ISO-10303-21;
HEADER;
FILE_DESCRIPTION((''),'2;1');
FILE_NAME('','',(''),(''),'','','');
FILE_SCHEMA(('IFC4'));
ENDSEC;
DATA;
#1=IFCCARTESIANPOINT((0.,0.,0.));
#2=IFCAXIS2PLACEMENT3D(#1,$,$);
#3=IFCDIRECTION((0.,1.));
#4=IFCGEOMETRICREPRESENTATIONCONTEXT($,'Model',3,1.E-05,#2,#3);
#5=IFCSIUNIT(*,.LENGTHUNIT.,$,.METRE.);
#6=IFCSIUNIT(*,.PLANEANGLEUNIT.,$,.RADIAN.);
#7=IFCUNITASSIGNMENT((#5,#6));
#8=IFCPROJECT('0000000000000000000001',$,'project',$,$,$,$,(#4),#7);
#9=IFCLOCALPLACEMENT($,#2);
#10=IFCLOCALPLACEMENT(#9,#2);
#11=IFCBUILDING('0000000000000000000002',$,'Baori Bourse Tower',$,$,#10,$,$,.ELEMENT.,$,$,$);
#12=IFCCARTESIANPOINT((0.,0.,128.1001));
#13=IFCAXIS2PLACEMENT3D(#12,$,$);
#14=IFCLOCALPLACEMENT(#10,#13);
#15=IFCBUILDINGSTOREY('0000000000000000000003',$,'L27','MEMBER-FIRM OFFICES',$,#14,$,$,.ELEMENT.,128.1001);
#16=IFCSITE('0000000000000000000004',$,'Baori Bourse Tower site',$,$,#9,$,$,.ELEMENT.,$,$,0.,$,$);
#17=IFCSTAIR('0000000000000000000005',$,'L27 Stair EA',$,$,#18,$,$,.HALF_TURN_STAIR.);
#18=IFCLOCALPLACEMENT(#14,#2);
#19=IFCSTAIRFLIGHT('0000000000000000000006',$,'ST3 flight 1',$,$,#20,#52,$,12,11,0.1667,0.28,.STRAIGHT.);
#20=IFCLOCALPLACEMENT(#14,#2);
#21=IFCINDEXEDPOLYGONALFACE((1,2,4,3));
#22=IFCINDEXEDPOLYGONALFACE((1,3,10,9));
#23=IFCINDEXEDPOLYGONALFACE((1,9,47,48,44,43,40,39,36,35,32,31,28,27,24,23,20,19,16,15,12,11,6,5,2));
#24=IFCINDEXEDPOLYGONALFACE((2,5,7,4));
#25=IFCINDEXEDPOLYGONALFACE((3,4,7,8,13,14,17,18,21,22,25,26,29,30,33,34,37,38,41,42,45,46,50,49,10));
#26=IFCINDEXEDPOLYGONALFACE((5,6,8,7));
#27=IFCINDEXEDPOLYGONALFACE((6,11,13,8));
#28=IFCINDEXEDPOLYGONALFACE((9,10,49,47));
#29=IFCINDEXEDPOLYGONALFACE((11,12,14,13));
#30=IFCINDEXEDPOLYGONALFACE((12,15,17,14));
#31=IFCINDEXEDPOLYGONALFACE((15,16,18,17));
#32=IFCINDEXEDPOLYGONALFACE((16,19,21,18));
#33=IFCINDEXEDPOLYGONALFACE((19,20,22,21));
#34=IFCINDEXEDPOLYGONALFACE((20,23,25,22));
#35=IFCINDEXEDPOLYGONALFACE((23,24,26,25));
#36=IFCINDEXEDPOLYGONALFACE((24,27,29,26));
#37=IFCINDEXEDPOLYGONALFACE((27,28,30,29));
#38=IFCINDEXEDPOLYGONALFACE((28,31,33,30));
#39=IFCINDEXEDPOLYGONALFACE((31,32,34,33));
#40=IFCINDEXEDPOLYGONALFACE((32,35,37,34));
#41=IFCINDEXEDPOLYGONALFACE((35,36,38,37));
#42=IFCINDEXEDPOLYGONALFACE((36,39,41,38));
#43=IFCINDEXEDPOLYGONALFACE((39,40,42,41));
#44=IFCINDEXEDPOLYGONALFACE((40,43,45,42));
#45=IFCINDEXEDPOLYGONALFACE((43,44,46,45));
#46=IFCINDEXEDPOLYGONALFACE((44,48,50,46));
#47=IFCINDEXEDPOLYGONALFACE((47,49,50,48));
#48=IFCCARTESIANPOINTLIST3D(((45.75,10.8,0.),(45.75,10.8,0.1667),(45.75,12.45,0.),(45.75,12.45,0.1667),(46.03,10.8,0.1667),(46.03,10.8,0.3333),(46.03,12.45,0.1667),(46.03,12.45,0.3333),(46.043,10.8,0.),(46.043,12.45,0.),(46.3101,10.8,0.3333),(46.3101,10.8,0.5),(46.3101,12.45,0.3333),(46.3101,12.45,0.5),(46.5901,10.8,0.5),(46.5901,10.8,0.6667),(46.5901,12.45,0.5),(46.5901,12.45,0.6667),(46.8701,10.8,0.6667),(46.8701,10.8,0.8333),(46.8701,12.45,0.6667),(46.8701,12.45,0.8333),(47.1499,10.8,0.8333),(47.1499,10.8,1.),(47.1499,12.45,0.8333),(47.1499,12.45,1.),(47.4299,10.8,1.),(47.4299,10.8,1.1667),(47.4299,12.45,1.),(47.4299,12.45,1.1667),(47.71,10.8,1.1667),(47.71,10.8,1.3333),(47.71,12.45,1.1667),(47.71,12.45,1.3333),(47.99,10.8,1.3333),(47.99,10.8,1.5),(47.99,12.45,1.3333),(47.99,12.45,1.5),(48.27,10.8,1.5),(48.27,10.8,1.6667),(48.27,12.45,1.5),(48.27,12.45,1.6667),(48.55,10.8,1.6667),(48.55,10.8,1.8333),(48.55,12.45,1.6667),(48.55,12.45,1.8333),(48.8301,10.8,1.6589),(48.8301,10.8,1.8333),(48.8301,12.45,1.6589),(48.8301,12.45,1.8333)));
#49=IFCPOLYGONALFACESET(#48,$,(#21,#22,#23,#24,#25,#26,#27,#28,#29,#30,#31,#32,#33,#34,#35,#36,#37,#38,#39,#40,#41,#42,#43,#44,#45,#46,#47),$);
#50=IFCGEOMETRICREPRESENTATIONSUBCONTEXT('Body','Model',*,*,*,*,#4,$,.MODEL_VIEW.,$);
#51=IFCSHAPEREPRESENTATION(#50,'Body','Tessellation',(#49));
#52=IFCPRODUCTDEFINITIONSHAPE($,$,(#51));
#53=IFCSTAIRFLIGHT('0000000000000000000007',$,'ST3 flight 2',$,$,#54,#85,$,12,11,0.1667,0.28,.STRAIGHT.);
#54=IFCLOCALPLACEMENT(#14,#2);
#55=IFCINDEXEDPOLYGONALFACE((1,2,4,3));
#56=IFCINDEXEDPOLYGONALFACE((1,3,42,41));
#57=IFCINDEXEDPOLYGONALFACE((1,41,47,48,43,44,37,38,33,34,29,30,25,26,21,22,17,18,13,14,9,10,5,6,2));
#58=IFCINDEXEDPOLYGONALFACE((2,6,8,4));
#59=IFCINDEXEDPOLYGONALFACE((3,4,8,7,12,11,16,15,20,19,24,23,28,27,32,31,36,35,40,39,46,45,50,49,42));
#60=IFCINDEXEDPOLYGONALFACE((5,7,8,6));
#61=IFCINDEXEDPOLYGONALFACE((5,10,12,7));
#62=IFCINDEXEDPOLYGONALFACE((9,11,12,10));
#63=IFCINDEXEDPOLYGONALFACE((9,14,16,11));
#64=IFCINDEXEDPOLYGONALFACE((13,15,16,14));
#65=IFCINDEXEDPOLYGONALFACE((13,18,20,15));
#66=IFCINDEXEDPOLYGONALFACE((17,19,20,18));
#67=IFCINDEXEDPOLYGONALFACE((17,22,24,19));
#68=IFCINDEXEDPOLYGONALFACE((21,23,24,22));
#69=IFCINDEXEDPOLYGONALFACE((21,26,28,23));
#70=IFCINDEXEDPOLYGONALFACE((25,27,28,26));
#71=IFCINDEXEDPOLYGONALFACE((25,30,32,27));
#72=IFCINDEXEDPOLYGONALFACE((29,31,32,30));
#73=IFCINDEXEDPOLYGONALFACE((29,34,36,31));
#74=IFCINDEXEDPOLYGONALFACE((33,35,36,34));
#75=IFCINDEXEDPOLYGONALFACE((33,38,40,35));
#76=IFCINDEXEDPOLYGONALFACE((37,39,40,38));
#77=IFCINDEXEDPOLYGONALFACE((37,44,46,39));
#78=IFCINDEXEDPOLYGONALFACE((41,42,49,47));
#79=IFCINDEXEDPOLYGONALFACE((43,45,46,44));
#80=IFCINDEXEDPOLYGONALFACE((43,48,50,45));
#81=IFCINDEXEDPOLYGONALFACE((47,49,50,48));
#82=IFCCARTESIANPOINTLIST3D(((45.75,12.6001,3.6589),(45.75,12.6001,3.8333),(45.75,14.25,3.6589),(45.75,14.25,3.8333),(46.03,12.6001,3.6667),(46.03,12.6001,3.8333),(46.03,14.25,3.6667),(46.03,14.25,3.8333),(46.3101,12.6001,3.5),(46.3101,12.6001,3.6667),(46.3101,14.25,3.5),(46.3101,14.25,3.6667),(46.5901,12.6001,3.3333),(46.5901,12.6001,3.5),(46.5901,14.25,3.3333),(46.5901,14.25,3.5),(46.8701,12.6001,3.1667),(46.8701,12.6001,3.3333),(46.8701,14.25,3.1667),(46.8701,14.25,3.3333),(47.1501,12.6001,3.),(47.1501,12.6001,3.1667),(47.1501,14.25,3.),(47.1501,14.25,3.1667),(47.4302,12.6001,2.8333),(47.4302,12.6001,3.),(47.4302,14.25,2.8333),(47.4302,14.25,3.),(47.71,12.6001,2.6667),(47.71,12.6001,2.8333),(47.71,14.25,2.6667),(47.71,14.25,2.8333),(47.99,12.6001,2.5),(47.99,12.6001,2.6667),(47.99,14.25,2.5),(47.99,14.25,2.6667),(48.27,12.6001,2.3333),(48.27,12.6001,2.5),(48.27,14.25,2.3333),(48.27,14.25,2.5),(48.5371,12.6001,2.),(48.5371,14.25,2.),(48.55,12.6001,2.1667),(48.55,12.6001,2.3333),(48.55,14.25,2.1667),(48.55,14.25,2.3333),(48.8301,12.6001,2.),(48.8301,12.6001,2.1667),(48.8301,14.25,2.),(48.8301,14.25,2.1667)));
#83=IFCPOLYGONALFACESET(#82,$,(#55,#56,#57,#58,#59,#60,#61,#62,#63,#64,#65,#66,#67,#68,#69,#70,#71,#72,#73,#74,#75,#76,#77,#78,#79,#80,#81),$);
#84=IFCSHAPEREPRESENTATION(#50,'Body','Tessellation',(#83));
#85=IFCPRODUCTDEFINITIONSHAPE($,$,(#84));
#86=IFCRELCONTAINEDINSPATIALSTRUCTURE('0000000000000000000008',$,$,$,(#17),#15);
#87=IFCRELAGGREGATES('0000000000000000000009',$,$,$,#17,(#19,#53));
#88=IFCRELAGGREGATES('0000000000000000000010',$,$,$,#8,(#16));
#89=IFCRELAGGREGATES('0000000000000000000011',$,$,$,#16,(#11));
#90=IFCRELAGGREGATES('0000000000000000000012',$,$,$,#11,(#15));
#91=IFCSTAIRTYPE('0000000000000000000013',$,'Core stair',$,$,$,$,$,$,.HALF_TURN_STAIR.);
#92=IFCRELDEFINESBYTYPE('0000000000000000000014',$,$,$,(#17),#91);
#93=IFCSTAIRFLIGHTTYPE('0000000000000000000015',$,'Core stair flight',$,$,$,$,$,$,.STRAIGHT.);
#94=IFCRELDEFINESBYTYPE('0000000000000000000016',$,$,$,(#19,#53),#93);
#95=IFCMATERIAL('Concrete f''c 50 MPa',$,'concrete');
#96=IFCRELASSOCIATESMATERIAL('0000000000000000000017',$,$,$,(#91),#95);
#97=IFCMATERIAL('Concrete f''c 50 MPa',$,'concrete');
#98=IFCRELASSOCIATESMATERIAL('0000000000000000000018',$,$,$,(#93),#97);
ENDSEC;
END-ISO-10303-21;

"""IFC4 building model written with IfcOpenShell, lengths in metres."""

from ifc_helpers import new_model, si_unit, direction, frame, origin, place, context, subcontext, project, spatial, polyline, outline, extrude, material, type_object, element, aggregate, save


model = new_model("IFC4")

# Units and contexts
model_context = context("Model", 3, precision=1e-05, world=origin(), true_north=direction((0.0, 1.0)))
body_context = subcontext(model_context, "Body", "Model", "MODEL_VIEW")
ifc_project = project(units=[si_unit("LENGTHUNIT", "METRE"), si_unit("PLANEANGLEUNIT", "RADIAN")], contexts=[model_context])

# Site, building, storey
site_placement = place(None, origin())
site = spatial("IfcSite", under=ifc_project, at=site_placement, Name="Baori Bourse Tower site", CompositionType="ELEMENT", RefElevation=0.0)
building_placement = place(site_placement, origin())
building = spatial("IfcBuilding", under=site, at=building_placement, Name="Baori Bourse Tower", CompositionType="ELEMENT")
storey_placement = place(building_placement, frame((0.0, 0.0, 128.1001)))
storey = spatial("IfcBuildingStorey", under=building, at=storey_placement, Name="L27", Description="MEMBER-FIRM OFFICES", CompositionType="ELEMENT", Elevation=128.1001)

# Stair, stair flights
ifc_material_1 = material(Name="Concrete f'c 50 MPa", Category="concrete")
stair_type = type_object("IfcStairType", Name="Core stair", PredefinedType="HALF_TURN_STAIR", material=ifc_material_1)
stair_placement = place(storey_placement, origin())
stair = element("IfcStair", 1, at=stair_placement, inside=storey, type_object=stair_type, Name="L27 Stair EA", PredefinedType="HALF_TURN_STAIR")
ifc_material_2 = material(Name="Concrete f'c 50 MPa", Category="concrete")
stair_flight_type = type_object("IfcStairFlightType", Name="Core stair flight", PredefinedType="STRAIGHT", material=ifc_material_2)
stair_flight_1_placement = place(storey_placement, frame((45.75, 11.625, 0.0), z_axis=(0.0, 0.0, 1.0), x_axis=(1.0, 0.0, 0.0)))
stair_flight_1 = element("IfcStairFlight", 2, at=stair_flight_1_placement, type_object=stair_flight_type, Name="ST3 flight 1", NumberOfRisers=12, NumberOfTreads=11, PredefinedType="STRAIGHT", RiserHeight=0.1667, TreadLength=0.28, context=body_context, shape_type="SweptSolid", body=[
    extrude(outline(polyline([(0.0, 0.0), (0.0, 0.1667), (0.28, 0.1667), (0.28, 0.3333), (0.5601, 0.3333), (0.5601, 0.5), (0.8401, 0.5), (0.8401, 0.6667), (1.1201, 0.6667), (1.1201, 0.8333), (1.3999, 0.8333), (1.3999, 1.0), (1.6799, 1.0), (1.6799, 1.1667), (1.96, 1.1667), (1.96, 1.3333), (2.24, 1.3333), (2.24, 1.5), (2.52, 1.5), (2.52, 1.6667), (2.8, 1.6667), (2.8, 1.8333), (3.0801, 1.8333), (3.0801, 2.0), (3.0801, 1.6589), (0.293, 0.0), (0.0, 0.0)])), frame((0.0, 0.825, 0.0), z_axis=(0.0, -1.0, 0.0), x_axis=(1.0, 0.0, 0.0)), (0.0, 0.0, 1.0), 1.6499),
])
stair_flight_2_placement = place(storey_placement, frame((48.8301, 13.425, 2.0), z_axis=(0.0, 0.0, 1.0), x_axis=(-1.0, 0.0, 0.0)))
stair_flight_2 = element("IfcStairFlight", 3, at=stair_flight_2_placement, type_object=stair_flight_type, Name="ST3 flight 2", NumberOfRisers=12, NumberOfTreads=11, PredefinedType="STRAIGHT", RiserHeight=0.1667, TreadLength=0.28, context=body_context, shape_type="SweptSolid", body=[
    extrude(outline(polyline([(0.0, 0.0), (0.0, 0.1667), (0.28, 0.1667), (0.28, 0.3333), (0.5601, 0.3333), (0.5601, 0.5), (0.8401, 0.5), (0.8401, 0.6667), (1.1201, 0.6667), (1.1201, 0.8333), (1.3999, 0.8333), (1.3999, 1.0), (1.6799, 1.0), (1.6799, 1.1667), (1.96, 1.1667), (1.96, 1.3333), (2.24, 1.3333), (2.24, 1.5), (2.52, 1.5), (2.52, 1.6667), (2.8, 1.6667), (2.8, 1.8333), (3.0801, 1.8333), (3.0801, 2.0), (3.0801, 1.6589), (0.293, 0.0), (0.0, 0.0)])), frame((0.0, 0.825, 0.0), z_axis=(0.0, -1.0, 0.0), x_axis=(1.0, 0.0, 0.0)), (0.0, 0.0, 1.0), 1.6499),
])
aggregate(stair, [stair_flight_1, stair_flight_2])

save(model, "model.ifc")
